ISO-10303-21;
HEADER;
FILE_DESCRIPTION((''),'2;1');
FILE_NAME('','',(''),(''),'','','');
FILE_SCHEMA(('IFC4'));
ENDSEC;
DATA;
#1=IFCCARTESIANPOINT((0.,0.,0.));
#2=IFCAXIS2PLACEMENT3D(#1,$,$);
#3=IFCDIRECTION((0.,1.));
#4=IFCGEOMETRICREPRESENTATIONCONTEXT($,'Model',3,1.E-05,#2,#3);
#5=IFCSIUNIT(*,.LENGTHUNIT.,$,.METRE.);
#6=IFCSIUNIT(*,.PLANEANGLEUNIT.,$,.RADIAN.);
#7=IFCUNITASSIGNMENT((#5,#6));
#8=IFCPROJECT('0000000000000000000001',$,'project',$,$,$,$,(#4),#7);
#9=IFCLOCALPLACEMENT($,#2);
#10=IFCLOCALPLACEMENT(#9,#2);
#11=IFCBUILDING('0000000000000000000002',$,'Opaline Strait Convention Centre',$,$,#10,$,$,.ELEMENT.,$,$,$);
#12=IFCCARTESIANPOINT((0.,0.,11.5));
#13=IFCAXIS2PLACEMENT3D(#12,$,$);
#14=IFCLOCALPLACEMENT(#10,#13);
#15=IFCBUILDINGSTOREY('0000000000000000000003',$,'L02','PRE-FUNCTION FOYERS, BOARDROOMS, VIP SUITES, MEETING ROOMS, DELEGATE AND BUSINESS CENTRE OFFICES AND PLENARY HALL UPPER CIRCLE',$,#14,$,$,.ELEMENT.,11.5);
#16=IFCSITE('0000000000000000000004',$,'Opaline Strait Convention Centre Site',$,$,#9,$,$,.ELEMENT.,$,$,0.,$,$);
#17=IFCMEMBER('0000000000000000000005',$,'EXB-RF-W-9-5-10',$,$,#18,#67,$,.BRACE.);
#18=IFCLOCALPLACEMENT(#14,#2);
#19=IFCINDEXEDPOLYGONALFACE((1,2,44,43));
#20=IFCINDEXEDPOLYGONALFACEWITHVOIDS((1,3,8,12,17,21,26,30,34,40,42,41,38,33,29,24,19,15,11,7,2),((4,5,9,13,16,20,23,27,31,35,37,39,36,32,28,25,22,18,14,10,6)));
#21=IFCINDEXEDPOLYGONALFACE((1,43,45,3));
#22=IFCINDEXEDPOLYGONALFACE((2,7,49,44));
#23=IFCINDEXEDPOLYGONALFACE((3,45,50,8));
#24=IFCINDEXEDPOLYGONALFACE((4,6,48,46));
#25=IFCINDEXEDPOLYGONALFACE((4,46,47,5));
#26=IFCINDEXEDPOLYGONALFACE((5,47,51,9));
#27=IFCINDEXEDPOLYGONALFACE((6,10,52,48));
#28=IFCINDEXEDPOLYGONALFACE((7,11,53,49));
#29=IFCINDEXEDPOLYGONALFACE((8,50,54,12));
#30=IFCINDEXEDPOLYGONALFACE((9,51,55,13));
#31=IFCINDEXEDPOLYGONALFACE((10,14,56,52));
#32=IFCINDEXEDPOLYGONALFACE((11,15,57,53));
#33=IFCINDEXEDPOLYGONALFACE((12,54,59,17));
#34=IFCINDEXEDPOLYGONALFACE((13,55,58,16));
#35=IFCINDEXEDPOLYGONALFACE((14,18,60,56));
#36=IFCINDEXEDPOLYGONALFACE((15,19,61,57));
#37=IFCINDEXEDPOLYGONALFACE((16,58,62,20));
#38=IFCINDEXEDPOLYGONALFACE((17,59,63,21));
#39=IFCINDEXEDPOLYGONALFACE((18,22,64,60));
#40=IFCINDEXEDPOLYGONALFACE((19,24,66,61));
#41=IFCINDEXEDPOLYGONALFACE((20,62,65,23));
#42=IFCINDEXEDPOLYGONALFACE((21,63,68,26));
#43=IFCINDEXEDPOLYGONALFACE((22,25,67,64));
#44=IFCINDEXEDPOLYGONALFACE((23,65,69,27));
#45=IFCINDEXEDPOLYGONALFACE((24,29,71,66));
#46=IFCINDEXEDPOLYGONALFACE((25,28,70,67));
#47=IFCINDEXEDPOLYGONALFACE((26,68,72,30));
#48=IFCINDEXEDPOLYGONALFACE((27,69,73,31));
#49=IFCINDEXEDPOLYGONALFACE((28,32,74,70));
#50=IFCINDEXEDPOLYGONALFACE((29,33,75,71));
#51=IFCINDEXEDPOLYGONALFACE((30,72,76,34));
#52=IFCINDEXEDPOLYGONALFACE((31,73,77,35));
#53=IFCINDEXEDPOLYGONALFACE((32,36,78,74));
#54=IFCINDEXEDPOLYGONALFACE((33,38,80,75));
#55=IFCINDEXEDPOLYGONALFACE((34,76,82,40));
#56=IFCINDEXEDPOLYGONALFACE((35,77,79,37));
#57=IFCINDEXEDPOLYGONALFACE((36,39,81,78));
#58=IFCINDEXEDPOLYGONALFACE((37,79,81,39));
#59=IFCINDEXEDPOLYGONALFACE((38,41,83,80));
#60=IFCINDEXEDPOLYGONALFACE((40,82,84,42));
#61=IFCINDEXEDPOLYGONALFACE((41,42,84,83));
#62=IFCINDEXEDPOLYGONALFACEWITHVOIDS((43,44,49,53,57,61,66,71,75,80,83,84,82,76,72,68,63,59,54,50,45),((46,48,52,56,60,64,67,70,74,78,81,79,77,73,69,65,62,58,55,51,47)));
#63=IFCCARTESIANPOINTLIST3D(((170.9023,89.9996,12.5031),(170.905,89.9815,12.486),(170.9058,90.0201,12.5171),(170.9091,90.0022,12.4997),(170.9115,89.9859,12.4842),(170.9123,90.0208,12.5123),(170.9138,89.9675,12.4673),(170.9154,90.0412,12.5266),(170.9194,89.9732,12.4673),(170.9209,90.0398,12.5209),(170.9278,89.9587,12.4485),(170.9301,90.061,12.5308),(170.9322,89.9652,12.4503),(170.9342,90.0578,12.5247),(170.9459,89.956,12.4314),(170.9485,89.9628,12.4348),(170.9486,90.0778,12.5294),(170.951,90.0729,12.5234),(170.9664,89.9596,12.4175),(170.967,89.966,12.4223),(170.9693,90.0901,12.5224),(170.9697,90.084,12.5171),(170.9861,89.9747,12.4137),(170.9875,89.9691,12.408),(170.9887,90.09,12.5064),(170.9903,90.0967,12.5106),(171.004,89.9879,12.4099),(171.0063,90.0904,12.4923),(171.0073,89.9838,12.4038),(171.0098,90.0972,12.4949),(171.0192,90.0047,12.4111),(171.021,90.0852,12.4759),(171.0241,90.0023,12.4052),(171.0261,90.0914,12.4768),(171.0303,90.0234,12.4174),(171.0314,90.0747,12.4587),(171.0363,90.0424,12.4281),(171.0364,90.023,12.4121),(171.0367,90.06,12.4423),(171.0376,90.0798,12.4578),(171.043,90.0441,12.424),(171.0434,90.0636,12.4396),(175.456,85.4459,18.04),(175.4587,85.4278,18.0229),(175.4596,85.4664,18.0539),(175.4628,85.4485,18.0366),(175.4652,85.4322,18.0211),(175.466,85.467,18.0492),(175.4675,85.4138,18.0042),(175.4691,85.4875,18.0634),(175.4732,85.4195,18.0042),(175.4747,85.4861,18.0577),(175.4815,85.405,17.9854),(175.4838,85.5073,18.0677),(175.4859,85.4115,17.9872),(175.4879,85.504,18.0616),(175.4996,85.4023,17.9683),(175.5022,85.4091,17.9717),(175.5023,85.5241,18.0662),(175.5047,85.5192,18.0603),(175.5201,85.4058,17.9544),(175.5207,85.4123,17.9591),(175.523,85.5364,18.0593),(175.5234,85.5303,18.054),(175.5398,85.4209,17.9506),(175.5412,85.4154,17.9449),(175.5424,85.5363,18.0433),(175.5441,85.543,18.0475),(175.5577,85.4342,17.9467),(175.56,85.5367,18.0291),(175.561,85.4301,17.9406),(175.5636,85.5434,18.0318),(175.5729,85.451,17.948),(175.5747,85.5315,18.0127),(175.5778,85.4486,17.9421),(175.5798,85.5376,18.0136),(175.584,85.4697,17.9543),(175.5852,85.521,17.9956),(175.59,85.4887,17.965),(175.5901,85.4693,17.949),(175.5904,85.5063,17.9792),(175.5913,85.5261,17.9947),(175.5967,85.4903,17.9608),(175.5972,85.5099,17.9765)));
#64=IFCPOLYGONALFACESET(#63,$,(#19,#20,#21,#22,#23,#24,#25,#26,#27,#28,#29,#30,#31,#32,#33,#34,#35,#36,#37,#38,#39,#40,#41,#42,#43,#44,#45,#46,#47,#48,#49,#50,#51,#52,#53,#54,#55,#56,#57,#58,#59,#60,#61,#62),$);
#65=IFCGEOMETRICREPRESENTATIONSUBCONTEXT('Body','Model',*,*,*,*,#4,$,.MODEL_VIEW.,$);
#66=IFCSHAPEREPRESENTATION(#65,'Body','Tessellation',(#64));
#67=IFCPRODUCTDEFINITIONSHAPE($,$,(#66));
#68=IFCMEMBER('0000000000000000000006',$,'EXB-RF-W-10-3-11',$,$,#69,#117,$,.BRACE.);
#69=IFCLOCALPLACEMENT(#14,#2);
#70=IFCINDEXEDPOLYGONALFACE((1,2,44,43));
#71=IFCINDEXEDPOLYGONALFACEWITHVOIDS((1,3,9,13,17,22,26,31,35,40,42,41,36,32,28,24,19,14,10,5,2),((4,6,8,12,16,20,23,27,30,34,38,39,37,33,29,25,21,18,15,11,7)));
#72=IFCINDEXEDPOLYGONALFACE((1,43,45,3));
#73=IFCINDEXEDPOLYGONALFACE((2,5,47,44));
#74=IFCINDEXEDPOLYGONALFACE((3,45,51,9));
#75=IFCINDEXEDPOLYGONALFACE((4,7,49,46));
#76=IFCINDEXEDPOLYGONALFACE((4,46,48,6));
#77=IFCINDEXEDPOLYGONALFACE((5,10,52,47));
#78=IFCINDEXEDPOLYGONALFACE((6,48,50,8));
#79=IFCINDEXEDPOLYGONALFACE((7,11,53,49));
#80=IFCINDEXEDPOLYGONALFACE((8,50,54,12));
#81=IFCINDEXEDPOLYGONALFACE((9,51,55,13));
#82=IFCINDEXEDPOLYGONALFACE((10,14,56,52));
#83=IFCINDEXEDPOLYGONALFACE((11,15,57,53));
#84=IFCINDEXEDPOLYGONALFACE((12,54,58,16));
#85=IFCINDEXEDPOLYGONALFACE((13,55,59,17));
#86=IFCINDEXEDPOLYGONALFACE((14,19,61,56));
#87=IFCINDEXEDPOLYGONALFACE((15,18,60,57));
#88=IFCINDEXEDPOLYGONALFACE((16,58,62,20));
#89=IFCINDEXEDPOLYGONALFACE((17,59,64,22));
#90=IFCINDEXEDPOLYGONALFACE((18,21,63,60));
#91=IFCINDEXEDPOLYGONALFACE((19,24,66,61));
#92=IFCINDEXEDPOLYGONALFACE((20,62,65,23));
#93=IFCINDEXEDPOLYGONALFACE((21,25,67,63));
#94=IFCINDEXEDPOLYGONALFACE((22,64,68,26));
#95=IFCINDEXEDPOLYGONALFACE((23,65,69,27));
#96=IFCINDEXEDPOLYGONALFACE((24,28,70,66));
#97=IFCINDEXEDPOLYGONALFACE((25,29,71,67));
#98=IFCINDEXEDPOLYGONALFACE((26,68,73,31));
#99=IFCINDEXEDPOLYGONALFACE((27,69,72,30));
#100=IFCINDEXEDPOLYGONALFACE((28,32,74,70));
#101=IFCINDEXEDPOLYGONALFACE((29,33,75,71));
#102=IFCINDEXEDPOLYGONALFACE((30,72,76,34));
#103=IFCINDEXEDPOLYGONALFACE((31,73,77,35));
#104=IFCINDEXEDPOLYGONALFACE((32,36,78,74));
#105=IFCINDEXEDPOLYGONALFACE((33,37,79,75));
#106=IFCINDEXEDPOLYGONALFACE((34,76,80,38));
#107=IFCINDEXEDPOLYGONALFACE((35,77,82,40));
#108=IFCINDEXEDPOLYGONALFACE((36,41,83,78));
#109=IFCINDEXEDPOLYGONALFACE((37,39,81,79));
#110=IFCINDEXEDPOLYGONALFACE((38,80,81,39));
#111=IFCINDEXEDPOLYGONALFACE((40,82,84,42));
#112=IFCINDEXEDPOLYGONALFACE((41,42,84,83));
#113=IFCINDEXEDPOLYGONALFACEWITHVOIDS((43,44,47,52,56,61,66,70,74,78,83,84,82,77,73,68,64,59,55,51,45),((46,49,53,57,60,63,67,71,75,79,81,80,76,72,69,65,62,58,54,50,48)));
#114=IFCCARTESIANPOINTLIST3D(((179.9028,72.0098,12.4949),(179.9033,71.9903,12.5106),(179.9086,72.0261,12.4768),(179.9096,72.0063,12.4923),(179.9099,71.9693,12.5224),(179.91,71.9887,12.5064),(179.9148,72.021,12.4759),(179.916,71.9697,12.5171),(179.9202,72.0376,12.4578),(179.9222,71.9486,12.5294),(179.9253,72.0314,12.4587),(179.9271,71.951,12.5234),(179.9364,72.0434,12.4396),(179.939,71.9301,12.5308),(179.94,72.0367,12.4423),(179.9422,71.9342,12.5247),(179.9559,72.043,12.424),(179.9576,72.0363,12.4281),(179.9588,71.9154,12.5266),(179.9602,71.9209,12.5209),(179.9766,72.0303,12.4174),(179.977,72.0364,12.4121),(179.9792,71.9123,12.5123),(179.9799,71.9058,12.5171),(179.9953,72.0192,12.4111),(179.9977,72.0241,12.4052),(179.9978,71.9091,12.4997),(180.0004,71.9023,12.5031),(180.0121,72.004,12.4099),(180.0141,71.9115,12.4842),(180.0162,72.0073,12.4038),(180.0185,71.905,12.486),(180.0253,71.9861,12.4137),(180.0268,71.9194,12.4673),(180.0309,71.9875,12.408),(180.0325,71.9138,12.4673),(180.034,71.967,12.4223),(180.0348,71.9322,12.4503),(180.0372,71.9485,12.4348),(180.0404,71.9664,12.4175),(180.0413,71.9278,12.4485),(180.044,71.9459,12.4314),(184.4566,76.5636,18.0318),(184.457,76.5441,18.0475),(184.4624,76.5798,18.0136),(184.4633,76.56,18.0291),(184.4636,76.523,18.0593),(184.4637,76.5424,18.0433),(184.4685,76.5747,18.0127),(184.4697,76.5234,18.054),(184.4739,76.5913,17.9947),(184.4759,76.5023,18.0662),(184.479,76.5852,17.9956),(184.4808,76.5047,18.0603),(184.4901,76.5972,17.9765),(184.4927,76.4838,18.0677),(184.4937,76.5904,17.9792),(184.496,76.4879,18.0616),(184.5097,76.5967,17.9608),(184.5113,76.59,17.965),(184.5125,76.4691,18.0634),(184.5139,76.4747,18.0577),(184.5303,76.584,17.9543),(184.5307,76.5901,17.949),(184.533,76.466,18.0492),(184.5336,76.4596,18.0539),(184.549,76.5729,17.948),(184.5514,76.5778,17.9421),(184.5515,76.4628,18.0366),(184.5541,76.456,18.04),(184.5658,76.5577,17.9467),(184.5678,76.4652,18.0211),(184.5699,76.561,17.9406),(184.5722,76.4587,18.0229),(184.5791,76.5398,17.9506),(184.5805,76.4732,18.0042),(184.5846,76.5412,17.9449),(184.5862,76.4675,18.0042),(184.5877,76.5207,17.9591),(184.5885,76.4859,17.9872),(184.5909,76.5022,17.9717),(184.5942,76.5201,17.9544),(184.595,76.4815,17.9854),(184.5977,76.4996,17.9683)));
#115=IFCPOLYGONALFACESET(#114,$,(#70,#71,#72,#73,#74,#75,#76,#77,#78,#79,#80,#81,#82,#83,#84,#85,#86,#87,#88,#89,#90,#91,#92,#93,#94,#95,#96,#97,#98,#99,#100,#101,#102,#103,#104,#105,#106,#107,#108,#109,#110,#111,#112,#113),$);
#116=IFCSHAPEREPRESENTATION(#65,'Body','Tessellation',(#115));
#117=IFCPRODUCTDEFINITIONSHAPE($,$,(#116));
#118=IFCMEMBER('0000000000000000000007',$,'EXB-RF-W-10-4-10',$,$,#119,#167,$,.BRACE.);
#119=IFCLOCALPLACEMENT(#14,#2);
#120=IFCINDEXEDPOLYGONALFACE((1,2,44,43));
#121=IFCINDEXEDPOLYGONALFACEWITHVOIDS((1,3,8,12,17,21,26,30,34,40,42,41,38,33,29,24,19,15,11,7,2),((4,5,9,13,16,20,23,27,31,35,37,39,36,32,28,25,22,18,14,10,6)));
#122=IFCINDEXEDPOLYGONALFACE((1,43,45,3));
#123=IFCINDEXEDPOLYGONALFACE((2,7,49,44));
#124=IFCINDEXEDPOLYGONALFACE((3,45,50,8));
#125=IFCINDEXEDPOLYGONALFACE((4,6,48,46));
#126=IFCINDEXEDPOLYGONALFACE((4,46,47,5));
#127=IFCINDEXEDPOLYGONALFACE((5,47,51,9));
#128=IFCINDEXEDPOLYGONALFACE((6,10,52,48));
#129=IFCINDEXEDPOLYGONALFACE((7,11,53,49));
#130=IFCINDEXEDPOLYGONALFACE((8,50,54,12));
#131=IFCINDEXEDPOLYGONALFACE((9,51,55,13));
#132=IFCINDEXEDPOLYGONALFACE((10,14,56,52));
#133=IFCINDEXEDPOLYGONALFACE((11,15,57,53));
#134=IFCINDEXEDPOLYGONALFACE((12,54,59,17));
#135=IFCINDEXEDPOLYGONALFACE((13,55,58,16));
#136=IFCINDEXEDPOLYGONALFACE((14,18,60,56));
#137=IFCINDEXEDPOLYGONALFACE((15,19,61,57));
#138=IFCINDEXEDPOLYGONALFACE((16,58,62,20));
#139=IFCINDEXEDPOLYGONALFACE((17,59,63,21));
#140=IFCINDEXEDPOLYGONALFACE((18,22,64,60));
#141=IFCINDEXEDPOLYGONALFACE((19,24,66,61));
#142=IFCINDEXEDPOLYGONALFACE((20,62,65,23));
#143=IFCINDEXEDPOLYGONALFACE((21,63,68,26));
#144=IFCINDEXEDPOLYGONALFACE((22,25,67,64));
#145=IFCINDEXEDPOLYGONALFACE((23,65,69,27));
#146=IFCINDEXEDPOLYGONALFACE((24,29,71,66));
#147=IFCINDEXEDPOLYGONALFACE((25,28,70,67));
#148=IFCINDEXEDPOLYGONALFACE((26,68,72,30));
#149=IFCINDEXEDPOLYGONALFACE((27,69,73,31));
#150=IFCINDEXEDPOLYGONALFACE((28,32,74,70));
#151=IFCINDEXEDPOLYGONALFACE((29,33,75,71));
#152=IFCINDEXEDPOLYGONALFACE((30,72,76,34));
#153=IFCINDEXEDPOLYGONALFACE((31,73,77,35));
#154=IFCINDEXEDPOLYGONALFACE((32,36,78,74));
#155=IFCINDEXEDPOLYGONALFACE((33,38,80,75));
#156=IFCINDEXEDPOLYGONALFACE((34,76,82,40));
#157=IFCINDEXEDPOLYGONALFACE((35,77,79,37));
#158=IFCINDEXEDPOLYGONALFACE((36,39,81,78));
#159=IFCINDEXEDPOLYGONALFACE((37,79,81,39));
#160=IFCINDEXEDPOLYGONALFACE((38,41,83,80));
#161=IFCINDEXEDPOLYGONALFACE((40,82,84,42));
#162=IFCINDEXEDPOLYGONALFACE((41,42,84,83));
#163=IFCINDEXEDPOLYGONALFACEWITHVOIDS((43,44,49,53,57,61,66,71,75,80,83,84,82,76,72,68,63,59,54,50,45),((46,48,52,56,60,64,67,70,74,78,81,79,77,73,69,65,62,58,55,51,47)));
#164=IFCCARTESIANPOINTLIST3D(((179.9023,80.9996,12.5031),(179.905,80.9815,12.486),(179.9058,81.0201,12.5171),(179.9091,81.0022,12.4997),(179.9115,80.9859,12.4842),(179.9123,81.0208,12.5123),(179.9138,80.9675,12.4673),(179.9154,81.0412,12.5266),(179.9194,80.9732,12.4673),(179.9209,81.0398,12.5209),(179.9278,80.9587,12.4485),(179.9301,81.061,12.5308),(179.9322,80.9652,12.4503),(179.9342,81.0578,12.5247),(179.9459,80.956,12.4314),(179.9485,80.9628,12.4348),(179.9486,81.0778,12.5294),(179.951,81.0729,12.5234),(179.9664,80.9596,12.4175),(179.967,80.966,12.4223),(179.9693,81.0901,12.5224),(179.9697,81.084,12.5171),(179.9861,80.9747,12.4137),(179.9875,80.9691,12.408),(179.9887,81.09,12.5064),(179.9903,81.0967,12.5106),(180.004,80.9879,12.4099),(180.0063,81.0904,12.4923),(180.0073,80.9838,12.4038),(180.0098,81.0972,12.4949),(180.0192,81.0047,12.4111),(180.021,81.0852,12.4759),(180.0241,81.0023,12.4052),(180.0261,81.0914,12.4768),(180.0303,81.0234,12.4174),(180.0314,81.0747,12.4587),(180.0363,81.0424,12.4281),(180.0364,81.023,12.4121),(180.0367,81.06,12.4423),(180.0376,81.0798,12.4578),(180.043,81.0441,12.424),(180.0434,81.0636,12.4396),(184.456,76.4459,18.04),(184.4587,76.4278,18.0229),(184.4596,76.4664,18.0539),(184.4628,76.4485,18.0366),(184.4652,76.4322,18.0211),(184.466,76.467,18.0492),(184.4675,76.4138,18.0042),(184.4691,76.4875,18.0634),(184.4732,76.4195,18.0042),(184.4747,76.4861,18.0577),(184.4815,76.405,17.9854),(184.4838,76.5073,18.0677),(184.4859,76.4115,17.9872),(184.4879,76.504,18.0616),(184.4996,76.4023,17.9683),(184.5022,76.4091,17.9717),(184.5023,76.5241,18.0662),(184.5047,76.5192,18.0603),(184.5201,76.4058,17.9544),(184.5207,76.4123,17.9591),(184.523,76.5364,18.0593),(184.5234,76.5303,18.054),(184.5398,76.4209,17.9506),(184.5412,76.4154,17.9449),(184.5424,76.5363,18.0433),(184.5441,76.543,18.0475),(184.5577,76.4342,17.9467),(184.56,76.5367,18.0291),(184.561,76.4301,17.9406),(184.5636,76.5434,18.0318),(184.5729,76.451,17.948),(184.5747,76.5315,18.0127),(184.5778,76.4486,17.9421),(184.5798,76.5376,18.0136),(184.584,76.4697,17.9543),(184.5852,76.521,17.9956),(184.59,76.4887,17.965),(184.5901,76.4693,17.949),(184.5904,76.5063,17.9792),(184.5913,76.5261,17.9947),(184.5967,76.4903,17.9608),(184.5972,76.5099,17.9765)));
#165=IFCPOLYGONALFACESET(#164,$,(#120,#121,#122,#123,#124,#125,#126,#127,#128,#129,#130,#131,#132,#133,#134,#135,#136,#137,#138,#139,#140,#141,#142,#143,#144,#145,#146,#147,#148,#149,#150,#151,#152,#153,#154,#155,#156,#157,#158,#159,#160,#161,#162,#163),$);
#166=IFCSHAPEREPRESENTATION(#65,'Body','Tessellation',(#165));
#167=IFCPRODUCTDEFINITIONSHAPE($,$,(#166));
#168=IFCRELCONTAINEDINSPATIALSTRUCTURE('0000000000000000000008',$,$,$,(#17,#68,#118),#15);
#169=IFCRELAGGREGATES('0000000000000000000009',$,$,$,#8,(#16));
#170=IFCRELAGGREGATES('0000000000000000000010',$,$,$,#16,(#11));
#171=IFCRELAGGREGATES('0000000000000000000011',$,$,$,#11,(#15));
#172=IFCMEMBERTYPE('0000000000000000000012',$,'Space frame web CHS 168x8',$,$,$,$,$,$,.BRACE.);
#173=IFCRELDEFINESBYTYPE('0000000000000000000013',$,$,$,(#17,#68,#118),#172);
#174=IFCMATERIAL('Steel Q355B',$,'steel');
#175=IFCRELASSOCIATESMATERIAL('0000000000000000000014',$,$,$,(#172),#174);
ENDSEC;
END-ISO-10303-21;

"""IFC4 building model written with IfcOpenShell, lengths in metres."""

from ifc_helpers import new_model, si_unit, direction, frame, origin, origin_2d, place, context, subcontext, project, spatial, hollow_circle, extrude, material, material_profile, profile_set, type_object, element, save


model = new_model("IFC4")

# Units and contexts
model_context = context("Model", 3, precision=1e-05, world=origin(), true_north=direction((0.0, 1.0)))
body_context = subcontext(model_context, "Body", "Model", "MODEL_VIEW")
ifc_project = project(units=[si_unit("LENGTHUNIT", "METRE"), si_unit("PLANEANGLEUNIT", "RADIAN")], contexts=[model_context])

# Site, building, storey
site_placement = place(None, origin())
site = spatial("IfcSite", under=ifc_project, at=site_placement, Name="Opaline Strait Convention Centre Site", CompositionType="ELEMENT", RefElevation=0.0)
building_placement = place(site_placement, origin())
building = spatial("IfcBuilding", under=site, at=building_placement, Name="Opaline Strait Convention Centre", CompositionType="ELEMENT")
storey_placement = place(building_placement, frame((0.0, 0.0, 11.5)))
storey = spatial("IfcBuildingStorey", under=building, at=storey_placement, Name="L02", Description="PRE-FUNCTION FOYERS, BOARDROOMS, VIP SUITES, MEETING ROOMS, DELEGATE AND BUSINESS CENTRE OFFICES AND PLENARY HALL UPPER CIRCLE", CompositionType="ELEMENT", Elevation=11.5)

# Members
ifc_material_1 = material(Name="Steel Q355B", Category="steel")
ifc_material_profile_1 = material_profile(ifc_material_1, hollow_circle(Radius=0.084, WallThickness=0.0081, at=origin_2d()), Name="CHS 168x8")
ifc_profile_set_1 = profile_set([ifc_material_profile_1], Name="Steel Q355B")
member_type_1 = type_object("IfcMemberType", Name="Space frame web CHS 168x8", PredefinedType="BRACE", material=ifc_profile_set_1)
for number, where, z_axis, x_axis, name in (
    (1, (175.5269, 85.4731, 18.0042), (-0.536178, 0.536178, -0.65194), (-0.707107, -0.707107, 0.0), "EXB-RF-W-9-5-10"),
    (2, (184.5269, 76.5269, 18.0042), (-0.536178, -0.536178, -0.65194), (0.707107, -0.707107, 0.0), "EXB-RF-W-10-3-11"),
    (3, (184.5269, 76.4731, 18.0042), (-0.536178, 0.536178, -0.65194), (-0.707107, -0.707107, 0.0), "EXB-RF-W-10-4-10"),
):
    element("IfcMember", number, at=place(storey_placement, frame(where, z_axis=z_axis, x_axis=x_axis)), inside=storey, type_object=member_type_1, Name=name, PredefinedType="BRACE", context=body_context, shape_type="SweptSolid", body=[
        extrude(hollow_circle(Radius=0.084, WallThickness=0.0081, at=origin_2d()), origin(), (0.0, 0.0, 1.0), 8.4929),
    ])

save(model, "model.ifc")
